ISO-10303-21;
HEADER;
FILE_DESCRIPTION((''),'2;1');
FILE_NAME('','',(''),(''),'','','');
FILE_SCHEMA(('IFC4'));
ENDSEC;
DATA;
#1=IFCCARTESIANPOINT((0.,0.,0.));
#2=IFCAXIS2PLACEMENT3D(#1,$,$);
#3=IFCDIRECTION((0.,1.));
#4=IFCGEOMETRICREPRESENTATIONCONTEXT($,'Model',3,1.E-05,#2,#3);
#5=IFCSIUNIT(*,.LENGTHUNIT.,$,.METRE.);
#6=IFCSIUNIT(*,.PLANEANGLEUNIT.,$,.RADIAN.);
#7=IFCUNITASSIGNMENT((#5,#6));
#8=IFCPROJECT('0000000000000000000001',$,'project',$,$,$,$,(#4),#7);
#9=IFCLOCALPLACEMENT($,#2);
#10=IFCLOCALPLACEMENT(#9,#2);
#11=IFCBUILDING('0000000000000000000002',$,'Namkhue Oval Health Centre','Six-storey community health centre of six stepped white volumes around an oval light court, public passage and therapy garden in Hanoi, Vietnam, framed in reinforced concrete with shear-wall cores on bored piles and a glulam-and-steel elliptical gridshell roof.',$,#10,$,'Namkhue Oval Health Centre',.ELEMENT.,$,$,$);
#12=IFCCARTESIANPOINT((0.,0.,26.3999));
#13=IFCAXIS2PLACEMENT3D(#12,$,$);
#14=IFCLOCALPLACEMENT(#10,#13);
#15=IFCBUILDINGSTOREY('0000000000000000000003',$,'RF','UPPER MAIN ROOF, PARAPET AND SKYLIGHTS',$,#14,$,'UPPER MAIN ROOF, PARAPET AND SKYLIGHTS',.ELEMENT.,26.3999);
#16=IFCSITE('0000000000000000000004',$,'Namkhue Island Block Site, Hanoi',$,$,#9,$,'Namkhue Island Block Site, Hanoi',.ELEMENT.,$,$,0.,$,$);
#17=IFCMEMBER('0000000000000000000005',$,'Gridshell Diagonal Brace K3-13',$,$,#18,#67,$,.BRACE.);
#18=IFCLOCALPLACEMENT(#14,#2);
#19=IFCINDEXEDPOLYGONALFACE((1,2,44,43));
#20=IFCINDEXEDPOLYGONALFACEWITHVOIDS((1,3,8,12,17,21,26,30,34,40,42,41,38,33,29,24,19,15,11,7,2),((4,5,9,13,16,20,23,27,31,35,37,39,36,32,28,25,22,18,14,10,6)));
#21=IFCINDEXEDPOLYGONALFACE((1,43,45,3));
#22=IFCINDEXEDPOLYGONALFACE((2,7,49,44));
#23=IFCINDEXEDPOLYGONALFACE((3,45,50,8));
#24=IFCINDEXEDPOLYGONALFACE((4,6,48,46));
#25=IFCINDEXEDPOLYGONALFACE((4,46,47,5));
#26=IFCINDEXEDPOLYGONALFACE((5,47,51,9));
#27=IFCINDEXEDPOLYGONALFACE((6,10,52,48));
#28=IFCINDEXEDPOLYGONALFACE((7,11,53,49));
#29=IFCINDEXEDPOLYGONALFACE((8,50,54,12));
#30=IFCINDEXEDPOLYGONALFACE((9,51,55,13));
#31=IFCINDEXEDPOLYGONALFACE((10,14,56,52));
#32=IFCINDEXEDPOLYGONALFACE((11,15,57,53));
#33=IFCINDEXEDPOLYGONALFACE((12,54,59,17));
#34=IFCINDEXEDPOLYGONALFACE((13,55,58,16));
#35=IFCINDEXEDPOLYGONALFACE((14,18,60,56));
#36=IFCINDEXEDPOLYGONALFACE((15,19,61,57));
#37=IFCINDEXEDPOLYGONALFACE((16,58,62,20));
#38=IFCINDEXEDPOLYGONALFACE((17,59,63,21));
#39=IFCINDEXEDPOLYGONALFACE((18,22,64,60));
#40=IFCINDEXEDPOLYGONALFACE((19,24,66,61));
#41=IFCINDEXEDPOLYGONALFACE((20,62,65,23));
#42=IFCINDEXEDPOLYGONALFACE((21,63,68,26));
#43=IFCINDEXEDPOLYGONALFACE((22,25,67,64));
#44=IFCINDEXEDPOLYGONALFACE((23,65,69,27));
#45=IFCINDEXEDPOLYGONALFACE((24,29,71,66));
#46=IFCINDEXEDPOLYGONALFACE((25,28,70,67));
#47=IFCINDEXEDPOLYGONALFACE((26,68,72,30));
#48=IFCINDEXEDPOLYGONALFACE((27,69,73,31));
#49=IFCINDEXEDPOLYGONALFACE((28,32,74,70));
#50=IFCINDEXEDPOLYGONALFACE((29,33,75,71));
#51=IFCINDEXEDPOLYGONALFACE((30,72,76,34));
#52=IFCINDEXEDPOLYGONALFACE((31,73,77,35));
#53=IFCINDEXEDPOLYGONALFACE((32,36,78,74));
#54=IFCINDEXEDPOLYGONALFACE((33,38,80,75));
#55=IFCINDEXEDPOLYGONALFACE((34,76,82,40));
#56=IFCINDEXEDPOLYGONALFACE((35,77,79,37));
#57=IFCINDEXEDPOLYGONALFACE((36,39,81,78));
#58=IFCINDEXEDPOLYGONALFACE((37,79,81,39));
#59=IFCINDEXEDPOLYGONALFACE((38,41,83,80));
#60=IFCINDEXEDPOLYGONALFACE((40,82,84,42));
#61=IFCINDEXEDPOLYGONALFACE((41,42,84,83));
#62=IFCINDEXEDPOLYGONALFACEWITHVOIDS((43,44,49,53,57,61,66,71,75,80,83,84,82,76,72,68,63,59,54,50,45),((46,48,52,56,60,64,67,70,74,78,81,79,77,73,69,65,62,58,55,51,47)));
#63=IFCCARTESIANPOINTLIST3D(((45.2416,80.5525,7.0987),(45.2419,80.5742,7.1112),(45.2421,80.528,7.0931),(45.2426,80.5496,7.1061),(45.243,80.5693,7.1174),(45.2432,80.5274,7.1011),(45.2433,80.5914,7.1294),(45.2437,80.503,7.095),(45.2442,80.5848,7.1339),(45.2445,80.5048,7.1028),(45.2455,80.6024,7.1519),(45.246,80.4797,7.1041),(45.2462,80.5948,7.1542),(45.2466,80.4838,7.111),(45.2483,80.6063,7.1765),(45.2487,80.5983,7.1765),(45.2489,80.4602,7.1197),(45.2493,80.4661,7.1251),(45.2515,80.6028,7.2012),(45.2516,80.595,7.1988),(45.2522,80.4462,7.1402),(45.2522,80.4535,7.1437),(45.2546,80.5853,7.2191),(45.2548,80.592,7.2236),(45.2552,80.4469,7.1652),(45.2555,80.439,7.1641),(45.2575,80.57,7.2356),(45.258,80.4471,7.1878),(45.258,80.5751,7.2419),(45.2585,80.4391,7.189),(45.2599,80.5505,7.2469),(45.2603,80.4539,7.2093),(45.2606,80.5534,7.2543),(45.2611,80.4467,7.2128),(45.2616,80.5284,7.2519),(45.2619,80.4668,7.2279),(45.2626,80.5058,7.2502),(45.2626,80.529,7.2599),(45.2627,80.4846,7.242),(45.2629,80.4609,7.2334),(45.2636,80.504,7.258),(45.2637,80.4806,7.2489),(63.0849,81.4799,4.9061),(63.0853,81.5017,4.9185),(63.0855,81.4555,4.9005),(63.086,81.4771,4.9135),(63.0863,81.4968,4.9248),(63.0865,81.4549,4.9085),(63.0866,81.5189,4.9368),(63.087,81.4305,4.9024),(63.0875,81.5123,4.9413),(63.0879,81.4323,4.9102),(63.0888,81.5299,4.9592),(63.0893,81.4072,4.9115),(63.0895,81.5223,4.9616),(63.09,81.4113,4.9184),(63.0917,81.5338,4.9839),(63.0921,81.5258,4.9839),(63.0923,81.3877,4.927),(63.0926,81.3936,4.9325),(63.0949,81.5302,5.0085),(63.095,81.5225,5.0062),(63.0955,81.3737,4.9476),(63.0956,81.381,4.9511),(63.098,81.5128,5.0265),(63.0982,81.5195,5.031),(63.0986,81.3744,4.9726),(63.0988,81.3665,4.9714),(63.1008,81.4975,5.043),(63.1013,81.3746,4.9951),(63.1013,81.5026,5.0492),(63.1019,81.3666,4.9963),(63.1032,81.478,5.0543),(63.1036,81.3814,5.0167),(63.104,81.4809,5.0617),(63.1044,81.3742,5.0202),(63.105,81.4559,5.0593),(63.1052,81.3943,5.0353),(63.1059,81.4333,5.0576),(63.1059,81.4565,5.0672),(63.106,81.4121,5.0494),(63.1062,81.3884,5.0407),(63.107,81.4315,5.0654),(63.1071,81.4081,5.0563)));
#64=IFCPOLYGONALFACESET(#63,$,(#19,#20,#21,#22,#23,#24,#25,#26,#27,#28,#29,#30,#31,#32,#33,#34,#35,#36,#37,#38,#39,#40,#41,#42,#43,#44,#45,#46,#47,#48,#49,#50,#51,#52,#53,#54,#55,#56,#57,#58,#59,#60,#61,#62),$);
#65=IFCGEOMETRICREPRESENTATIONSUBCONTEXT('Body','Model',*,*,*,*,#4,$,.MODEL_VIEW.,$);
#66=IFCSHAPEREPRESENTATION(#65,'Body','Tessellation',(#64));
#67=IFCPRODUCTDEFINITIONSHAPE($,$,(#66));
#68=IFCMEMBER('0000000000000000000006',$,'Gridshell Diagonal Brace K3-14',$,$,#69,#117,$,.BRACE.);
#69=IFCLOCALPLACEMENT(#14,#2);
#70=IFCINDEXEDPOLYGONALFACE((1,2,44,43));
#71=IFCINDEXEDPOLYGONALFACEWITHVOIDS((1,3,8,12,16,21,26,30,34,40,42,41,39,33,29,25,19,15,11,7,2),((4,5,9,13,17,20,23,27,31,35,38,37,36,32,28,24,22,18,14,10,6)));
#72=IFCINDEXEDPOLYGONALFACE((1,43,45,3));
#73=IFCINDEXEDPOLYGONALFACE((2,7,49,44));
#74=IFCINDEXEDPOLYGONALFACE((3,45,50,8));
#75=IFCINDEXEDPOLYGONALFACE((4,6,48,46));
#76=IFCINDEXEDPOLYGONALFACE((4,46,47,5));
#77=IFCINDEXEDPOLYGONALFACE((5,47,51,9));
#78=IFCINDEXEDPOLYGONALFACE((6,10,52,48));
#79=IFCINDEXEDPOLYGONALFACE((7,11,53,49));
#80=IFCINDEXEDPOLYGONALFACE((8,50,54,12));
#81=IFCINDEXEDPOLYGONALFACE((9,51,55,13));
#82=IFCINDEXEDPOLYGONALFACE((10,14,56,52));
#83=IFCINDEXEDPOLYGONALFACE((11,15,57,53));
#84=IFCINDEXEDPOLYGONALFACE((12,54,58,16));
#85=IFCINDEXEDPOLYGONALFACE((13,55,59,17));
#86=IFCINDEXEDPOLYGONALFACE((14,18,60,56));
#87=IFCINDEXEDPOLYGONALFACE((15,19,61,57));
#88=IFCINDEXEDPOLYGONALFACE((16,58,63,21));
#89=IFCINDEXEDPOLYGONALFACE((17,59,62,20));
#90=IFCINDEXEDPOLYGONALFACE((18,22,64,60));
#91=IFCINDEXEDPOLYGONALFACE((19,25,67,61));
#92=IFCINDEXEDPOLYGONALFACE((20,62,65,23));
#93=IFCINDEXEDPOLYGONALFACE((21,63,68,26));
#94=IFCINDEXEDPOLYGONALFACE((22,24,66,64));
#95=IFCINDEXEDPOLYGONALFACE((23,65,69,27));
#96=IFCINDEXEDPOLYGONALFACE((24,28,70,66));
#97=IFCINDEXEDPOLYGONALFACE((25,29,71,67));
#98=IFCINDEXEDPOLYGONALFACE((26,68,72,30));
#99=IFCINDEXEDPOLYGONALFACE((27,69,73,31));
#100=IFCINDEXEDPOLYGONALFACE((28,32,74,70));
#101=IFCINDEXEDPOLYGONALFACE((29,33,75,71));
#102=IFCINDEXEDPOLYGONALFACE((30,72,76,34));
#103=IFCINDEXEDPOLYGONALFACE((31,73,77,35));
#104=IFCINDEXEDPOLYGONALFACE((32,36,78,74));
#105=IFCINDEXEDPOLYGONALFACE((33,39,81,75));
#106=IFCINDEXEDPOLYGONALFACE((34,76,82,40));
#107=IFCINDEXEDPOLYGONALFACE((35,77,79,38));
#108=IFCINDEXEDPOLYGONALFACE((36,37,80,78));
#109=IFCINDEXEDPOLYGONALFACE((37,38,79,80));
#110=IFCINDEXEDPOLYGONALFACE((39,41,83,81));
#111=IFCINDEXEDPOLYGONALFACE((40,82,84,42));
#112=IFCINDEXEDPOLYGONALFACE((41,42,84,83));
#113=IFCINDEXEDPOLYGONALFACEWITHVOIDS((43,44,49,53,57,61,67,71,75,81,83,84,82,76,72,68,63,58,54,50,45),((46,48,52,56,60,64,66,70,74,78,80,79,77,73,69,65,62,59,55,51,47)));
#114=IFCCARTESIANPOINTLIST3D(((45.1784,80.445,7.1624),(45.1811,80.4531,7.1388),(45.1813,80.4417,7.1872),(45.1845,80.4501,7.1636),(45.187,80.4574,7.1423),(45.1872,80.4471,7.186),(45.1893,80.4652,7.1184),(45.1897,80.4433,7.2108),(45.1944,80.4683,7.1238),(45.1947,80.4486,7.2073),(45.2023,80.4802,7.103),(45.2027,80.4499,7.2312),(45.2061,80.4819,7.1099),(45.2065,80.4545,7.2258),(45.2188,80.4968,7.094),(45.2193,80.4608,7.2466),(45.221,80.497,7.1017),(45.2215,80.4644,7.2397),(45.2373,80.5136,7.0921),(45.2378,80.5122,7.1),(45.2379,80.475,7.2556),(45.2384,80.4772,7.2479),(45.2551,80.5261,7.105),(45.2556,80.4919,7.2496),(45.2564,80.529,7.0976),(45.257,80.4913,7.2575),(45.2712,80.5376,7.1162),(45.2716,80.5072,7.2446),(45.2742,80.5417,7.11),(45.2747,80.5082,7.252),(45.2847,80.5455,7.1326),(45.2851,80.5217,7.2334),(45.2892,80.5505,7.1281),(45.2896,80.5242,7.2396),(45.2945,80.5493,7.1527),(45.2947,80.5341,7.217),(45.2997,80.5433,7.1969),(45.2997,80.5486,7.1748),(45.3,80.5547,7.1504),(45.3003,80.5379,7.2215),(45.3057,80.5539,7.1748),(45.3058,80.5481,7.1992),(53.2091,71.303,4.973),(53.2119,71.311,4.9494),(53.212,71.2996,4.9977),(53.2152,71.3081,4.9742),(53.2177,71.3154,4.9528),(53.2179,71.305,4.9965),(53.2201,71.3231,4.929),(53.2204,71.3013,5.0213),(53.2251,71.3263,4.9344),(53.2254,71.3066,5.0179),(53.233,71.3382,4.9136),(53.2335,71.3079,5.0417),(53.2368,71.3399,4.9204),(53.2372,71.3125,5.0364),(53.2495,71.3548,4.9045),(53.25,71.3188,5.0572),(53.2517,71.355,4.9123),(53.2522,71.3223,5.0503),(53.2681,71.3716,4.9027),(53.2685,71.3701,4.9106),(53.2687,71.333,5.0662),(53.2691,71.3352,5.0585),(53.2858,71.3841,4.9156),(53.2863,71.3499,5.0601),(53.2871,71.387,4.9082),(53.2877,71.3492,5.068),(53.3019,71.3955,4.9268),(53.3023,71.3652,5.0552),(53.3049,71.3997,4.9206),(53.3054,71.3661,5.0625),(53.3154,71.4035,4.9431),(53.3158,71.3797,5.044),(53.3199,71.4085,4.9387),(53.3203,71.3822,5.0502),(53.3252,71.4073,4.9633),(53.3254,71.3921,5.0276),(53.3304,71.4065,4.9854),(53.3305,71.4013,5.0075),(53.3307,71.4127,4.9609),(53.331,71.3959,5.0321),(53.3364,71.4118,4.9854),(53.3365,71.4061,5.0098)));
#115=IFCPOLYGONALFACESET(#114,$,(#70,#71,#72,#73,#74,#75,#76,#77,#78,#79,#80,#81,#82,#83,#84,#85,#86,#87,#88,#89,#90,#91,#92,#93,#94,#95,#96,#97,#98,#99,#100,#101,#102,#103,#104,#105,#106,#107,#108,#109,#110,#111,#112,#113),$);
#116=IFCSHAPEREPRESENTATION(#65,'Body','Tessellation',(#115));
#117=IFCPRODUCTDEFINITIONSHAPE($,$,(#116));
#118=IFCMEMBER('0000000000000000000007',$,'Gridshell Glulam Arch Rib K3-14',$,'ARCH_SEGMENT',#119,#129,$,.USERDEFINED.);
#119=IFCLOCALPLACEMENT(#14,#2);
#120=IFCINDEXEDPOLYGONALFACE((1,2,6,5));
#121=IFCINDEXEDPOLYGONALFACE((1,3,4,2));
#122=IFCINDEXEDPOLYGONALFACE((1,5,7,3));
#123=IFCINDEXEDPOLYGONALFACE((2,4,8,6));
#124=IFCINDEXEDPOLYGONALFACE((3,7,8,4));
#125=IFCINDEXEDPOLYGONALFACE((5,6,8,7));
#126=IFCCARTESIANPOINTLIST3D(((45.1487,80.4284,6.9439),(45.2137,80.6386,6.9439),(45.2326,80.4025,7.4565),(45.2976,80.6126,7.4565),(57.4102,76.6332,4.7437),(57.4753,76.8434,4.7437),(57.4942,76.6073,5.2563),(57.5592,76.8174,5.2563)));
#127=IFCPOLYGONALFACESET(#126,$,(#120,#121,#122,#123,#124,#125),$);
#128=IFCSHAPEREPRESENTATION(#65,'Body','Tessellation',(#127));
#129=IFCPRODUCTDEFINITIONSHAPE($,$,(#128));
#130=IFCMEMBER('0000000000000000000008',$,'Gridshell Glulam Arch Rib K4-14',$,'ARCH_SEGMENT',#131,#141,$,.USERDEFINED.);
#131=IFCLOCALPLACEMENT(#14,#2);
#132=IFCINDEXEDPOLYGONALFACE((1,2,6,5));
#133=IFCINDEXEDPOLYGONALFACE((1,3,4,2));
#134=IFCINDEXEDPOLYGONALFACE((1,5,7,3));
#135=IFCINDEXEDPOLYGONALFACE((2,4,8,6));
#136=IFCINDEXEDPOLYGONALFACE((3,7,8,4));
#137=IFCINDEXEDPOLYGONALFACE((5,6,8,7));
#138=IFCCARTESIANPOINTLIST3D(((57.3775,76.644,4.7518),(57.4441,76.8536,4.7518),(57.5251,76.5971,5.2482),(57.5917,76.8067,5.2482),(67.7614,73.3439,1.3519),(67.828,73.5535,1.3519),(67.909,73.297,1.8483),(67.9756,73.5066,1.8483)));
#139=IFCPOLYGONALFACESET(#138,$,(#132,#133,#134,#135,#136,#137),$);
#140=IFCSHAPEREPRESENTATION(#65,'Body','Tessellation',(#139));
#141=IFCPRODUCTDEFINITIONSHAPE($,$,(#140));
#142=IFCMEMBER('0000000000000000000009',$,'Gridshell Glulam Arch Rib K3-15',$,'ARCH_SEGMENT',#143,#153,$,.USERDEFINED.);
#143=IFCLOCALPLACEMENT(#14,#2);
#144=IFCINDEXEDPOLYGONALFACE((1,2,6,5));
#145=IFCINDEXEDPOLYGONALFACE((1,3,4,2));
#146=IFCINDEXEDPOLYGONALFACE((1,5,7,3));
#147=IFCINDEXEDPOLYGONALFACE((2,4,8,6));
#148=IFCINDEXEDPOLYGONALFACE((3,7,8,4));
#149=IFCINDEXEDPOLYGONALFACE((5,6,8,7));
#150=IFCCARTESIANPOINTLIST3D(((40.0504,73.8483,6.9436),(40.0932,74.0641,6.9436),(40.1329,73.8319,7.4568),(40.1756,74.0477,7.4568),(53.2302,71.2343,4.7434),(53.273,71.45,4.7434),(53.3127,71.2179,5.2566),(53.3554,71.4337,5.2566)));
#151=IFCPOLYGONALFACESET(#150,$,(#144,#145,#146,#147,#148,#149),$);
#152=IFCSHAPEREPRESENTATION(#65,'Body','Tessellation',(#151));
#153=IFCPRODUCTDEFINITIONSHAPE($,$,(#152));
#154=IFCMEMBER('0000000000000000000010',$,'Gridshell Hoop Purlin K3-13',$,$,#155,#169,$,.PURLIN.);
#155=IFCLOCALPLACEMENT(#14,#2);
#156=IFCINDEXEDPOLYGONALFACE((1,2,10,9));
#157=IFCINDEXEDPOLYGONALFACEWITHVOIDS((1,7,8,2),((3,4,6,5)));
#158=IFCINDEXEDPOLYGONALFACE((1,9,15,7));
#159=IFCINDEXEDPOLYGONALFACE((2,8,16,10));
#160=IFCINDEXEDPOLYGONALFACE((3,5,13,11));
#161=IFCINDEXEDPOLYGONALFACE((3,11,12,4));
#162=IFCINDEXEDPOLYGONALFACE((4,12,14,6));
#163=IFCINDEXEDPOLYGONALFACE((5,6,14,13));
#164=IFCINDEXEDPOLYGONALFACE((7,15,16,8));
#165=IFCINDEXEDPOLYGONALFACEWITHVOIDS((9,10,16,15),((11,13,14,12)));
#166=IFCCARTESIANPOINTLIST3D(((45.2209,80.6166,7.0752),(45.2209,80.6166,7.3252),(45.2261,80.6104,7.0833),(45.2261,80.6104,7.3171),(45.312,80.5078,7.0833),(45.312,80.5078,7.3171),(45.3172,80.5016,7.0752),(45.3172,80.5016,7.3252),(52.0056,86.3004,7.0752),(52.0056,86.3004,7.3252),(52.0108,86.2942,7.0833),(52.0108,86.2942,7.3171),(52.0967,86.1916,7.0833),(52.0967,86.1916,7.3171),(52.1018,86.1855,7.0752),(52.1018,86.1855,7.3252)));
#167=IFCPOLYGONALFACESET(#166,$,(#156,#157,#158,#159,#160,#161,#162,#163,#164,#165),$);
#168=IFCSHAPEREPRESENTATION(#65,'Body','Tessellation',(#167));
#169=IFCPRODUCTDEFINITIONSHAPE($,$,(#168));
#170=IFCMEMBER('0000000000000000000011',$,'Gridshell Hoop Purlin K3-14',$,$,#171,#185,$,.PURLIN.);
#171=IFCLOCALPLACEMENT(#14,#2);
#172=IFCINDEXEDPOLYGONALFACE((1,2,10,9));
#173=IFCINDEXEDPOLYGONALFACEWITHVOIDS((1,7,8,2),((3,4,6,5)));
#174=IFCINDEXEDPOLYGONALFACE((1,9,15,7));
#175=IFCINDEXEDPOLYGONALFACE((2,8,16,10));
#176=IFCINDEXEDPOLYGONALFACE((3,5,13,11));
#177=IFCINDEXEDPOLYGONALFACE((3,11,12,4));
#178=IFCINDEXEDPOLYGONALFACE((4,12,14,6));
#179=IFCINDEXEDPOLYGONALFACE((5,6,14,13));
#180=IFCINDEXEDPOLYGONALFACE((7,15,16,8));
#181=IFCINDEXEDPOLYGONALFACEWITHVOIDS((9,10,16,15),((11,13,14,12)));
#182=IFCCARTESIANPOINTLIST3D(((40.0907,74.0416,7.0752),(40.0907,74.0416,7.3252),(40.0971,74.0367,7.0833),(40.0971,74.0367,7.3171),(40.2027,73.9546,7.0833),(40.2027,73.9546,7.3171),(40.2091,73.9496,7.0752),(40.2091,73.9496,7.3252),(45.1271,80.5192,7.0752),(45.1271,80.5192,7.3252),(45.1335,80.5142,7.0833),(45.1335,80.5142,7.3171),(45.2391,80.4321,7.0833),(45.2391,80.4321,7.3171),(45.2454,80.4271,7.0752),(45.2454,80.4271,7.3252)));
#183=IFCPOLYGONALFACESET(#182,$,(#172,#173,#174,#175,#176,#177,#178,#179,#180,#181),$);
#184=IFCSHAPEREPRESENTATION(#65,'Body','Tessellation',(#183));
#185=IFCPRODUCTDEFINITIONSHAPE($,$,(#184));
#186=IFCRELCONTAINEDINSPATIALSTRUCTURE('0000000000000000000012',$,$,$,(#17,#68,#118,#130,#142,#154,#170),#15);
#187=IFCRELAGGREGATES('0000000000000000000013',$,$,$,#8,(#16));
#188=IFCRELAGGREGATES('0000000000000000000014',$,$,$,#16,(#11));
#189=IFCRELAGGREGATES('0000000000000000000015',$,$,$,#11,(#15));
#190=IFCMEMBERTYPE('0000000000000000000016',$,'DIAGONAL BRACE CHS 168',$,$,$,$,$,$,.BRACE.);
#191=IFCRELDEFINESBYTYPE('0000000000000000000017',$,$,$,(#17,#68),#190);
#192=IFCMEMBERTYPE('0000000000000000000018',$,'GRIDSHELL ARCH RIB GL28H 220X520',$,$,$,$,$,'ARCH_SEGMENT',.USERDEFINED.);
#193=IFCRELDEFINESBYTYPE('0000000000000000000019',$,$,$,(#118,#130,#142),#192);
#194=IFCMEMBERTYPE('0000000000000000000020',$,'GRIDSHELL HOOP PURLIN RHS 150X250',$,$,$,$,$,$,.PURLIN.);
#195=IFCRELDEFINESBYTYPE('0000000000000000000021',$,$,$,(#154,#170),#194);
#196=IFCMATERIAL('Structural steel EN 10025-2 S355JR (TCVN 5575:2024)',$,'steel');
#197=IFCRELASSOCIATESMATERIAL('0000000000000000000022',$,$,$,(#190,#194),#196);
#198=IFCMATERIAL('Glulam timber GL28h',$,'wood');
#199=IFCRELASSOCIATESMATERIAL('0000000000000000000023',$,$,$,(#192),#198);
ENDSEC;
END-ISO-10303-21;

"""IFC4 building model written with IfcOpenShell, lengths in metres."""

from ifc_helpers import new_model, si_unit, direction, frame, origin, origin_2d, place, context, subcontext, project, spatial, rectangle, hollow_rectangle, hollow_circle, extrude, material, material_profile, profile_set, type_object, element, save


model = new_model("IFC4")

# Units and contexts
model_context = context("Model", 3, precision=1e-05, world=origin(), true_north=direction((0.0, 1.0)))
body_context = subcontext(model_context, "Body", "Model", "MODEL_VIEW")
ifc_project = project(units=[si_unit("LENGTHUNIT", "METRE"), si_unit("PLANEANGLEUNIT", "RADIAN")], contexts=[model_context])

# Site, building, storey
site_placement = place(None, origin())
site = spatial("IfcSite", under=ifc_project, at=site_placement, Name="Namkhue Island Block Site, Hanoi", LongName="Namkhue Island Block Site, Hanoi", CompositionType="ELEMENT", RefElevation=0.0)
building_placement = place(site_placement, origin())
building = spatial("IfcBuilding", under=site, at=building_placement, Name="Namkhue Oval Health Centre", Description="Six-storey community health centre of six stepped white volumes around an oval light court, public passage and therapy garden in Hanoi, Vietnam, framed in reinforced concrete with shear-wall cores on bored piles and a glulam-and-steel elliptical gridshell roof.", LongName="Namkhue Oval Health Centre", CompositionType="ELEMENT")
storey_placement = place(building_placement, frame((0.0, 0.0, 26.3999)))
storey = spatial("IfcBuildingStorey", under=building, at=storey_placement, Name="RF", Description="UPPER MAIN ROOF, PARAPET AND SKYLIGHTS", LongName="UPPER MAIN ROOF, PARAPET AND SKYLIGHTS", CompositionType="ELEMENT", Elevation=26.3999)

# Members
ifc_material_1 = material(Name="Structural steel EN 10025-2 S355JR (TCVN 5575:2024)", Category="steel")
ifc_material_profile_1 = material_profile(ifc_material_1, hollow_circle(Radius=0.0842, WallThickness=0.0081, at=origin_2d()), Name="CHS 168.3x8")
ifc_profile_set_1 = profile_set([ifc_material_profile_1], Name="Structural steel EN 10025-2 S355JR (TCVN 5575:2024)")
member_type_1 = type_object("IfcMemberType", Name="DIAGONAL BRACE CHS 168", PredefinedType="BRACE", material=ifc_profile_set_1)
member_1_placement = place(storey_placement, frame((45.2527, 80.5222, 7.1765), z_axis=(0.991216, 0.051523, -0.121803), x_axis=(-0.05191, 0.998652, 0.0)))
element("IfcMember", 1, at=member_1_placement, inside=storey, type_object=member_type_1, Name="Gridshell Diagonal Brace K3-13", PredefinedType="BRACE", context=body_context, shape_type="SweptSolid", body=[
    extrude(hollow_circle(Radius=0.0842, WallThickness=0.0081, at=origin_2d()), origin(), (0.0, 0.0, 1.0), 18.0015),
])
member_2_placement = place(storey_placement, frame((45.2424, 80.4983, 7.1748), z_axis=(0.649536, -0.739421, -0.177085), x_axis=(0.751295, 0.659966, 0.0)))
element("IfcMember", 2, at=member_2_placement, inside=storey, type_object=member_type_1, Name="Gridshell Diagonal Brace K3-14", PredefinedType="BRACE", context=body_context, shape_type="SweptSolid", body=[
    extrude(hollow_circle(Radius=0.0842, WallThickness=0.0081, at=origin_2d()), origin(), (0.0, 0.0, 1.0), 12.3638),
])
ifc_material_2 = material(Name="Glulam timber GL28h", Category="wood")
ifc_material_profile_2 = material_profile(ifc_material_2, rectangle(XDim=0.22, YDim=0.52, at=origin_2d()), Name="GL28h 220x520")
ifc_profile_set_2 = profile_set([ifc_material_profile_2], Name="Glulam timber GL28h")
member_type_2 = type_object("IfcMemberType", Name="GRIDSHELL ARCH RIB GL28H 220X520", ElementType="ARCH_SEGMENT", PredefinedType="USERDEFINED", material=ifc_profile_set_2)
member_3_placement = place(storey_placement, frame((45.2231, 80.5205, 7.2002), z_axis=(0.941554, -0.291429, -0.168952), x_axis=(0.29568, 0.955287, 0.0)))
element("IfcMember", 3, at=member_3_placement, inside=storey, type_object=member_type_2, Name="Gridshell Glulam Arch Rib K3-14", ObjectType="ARCH_SEGMENT", PredefinedType="USERDEFINED", context=body_context, shape_type="SweptSolid", body=[
    extrude(rectangle(XDim=0.22, YDim=0.52, at=origin_2d()), origin(), (0.0, 0.0, 1.0), 13.0227),
])
member_4_placement = place(storey_placement, frame((57.4846, 76.7253, 5.0), z_axis=(0.909765, -0.28913, -0.297879), x_axis=(0.30288, 0.953029, 0.0)))
element("IfcMember", 4, at=member_4_placement, inside=storey, type_object=member_type_2, Name="Gridshell Glulam Arch Rib K4-14", ObjectType="ARCH_SEGMENT", PredefinedType="USERDEFINED", context=body_context, shape_type="SweptSolid", body=[
    extrude(rectangle(XDim=0.22, YDim=0.52, at=origin_2d()), origin(), (0.0, 0.0, 1.0), 11.4138),
])
member_5_placement = place(storey_placement, frame((40.113, 73.948, 7.2002), z_axis=(0.968001, -0.19199, -0.161597), x_axis=(0.194547, 0.980893, 0.0)))
element("IfcMember", 5, at=member_5_placement, inside=storey, type_object=member_type_2, Name="Gridshell Glulam Arch Rib K3-15", ObjectType="ARCH_SEGMENT", PredefinedType="USERDEFINED", context=body_context, shape_type="SweptSolid", body=[
    extrude(rectangle(XDim=0.22, YDim=0.52, at=origin_2d()), origin(), (0.0, 0.0, 1.0), 13.6155),
])
ifc_material_profile_3 = material_profile(ifc_material_1, hollow_rectangle(XDim=0.1499, YDim=0.25, WallThickness=0.0081, at=origin_2d()), Name="RHS 150x250x8")
ifc_profile_set_3 = profile_set([ifc_material_profile_3], Name="Structural steel EN 10025-2 S355JR (TCVN 5575:2024)")
member_type_3 = type_object("IfcMemberType", Name="GRIDSHELL HOOP PURLIN RHS 150X250", PredefinedType="PURLIN", material=ifc_profile_set_3)
member_6_placement = place(storey_placement, frame((52.0537, 86.2429, 7.2002), z_axis=(-0.766555, -0.642179, 0.0), x_axis=(0.642179, -0.766555, 0.0)))
element("IfcMember", 6, at=member_6_placement, inside=storey, type_object=member_type_3, Name="Gridshell Hoop Purlin K3-13", PredefinedType="PURLIN", context=body_context, shape_type="SweptSolid", body=[
    extrude(hollow_rectangle(XDim=0.1499, YDim=0.25, WallThickness=0.0081, at=origin_2d()), origin(), (0.0, 0.0, 1.0), 8.8508),
])
member_7_placement = place(storey_placement, frame((45.1863, 80.4731, 7.2002), z_axis=(-0.613811, -0.789453, 0.0), x_axis=(0.789453, -0.613811, 0.0)))
element("IfcMember", 7, at=member_7_placement, inside=storey, type_object=member_type_3, Name="Gridshell Hoop Purlin K3-14", PredefinedType="PURLIN", context=body_context, shape_type="SweptSolid", body=[
    extrude(hollow_rectangle(XDim=0.1499, YDim=0.25, WallThickness=0.0081, at=origin_2d()), origin(), (0.0, 0.0, 1.0), 8.2051),
])

save(model, "model.ifc")
